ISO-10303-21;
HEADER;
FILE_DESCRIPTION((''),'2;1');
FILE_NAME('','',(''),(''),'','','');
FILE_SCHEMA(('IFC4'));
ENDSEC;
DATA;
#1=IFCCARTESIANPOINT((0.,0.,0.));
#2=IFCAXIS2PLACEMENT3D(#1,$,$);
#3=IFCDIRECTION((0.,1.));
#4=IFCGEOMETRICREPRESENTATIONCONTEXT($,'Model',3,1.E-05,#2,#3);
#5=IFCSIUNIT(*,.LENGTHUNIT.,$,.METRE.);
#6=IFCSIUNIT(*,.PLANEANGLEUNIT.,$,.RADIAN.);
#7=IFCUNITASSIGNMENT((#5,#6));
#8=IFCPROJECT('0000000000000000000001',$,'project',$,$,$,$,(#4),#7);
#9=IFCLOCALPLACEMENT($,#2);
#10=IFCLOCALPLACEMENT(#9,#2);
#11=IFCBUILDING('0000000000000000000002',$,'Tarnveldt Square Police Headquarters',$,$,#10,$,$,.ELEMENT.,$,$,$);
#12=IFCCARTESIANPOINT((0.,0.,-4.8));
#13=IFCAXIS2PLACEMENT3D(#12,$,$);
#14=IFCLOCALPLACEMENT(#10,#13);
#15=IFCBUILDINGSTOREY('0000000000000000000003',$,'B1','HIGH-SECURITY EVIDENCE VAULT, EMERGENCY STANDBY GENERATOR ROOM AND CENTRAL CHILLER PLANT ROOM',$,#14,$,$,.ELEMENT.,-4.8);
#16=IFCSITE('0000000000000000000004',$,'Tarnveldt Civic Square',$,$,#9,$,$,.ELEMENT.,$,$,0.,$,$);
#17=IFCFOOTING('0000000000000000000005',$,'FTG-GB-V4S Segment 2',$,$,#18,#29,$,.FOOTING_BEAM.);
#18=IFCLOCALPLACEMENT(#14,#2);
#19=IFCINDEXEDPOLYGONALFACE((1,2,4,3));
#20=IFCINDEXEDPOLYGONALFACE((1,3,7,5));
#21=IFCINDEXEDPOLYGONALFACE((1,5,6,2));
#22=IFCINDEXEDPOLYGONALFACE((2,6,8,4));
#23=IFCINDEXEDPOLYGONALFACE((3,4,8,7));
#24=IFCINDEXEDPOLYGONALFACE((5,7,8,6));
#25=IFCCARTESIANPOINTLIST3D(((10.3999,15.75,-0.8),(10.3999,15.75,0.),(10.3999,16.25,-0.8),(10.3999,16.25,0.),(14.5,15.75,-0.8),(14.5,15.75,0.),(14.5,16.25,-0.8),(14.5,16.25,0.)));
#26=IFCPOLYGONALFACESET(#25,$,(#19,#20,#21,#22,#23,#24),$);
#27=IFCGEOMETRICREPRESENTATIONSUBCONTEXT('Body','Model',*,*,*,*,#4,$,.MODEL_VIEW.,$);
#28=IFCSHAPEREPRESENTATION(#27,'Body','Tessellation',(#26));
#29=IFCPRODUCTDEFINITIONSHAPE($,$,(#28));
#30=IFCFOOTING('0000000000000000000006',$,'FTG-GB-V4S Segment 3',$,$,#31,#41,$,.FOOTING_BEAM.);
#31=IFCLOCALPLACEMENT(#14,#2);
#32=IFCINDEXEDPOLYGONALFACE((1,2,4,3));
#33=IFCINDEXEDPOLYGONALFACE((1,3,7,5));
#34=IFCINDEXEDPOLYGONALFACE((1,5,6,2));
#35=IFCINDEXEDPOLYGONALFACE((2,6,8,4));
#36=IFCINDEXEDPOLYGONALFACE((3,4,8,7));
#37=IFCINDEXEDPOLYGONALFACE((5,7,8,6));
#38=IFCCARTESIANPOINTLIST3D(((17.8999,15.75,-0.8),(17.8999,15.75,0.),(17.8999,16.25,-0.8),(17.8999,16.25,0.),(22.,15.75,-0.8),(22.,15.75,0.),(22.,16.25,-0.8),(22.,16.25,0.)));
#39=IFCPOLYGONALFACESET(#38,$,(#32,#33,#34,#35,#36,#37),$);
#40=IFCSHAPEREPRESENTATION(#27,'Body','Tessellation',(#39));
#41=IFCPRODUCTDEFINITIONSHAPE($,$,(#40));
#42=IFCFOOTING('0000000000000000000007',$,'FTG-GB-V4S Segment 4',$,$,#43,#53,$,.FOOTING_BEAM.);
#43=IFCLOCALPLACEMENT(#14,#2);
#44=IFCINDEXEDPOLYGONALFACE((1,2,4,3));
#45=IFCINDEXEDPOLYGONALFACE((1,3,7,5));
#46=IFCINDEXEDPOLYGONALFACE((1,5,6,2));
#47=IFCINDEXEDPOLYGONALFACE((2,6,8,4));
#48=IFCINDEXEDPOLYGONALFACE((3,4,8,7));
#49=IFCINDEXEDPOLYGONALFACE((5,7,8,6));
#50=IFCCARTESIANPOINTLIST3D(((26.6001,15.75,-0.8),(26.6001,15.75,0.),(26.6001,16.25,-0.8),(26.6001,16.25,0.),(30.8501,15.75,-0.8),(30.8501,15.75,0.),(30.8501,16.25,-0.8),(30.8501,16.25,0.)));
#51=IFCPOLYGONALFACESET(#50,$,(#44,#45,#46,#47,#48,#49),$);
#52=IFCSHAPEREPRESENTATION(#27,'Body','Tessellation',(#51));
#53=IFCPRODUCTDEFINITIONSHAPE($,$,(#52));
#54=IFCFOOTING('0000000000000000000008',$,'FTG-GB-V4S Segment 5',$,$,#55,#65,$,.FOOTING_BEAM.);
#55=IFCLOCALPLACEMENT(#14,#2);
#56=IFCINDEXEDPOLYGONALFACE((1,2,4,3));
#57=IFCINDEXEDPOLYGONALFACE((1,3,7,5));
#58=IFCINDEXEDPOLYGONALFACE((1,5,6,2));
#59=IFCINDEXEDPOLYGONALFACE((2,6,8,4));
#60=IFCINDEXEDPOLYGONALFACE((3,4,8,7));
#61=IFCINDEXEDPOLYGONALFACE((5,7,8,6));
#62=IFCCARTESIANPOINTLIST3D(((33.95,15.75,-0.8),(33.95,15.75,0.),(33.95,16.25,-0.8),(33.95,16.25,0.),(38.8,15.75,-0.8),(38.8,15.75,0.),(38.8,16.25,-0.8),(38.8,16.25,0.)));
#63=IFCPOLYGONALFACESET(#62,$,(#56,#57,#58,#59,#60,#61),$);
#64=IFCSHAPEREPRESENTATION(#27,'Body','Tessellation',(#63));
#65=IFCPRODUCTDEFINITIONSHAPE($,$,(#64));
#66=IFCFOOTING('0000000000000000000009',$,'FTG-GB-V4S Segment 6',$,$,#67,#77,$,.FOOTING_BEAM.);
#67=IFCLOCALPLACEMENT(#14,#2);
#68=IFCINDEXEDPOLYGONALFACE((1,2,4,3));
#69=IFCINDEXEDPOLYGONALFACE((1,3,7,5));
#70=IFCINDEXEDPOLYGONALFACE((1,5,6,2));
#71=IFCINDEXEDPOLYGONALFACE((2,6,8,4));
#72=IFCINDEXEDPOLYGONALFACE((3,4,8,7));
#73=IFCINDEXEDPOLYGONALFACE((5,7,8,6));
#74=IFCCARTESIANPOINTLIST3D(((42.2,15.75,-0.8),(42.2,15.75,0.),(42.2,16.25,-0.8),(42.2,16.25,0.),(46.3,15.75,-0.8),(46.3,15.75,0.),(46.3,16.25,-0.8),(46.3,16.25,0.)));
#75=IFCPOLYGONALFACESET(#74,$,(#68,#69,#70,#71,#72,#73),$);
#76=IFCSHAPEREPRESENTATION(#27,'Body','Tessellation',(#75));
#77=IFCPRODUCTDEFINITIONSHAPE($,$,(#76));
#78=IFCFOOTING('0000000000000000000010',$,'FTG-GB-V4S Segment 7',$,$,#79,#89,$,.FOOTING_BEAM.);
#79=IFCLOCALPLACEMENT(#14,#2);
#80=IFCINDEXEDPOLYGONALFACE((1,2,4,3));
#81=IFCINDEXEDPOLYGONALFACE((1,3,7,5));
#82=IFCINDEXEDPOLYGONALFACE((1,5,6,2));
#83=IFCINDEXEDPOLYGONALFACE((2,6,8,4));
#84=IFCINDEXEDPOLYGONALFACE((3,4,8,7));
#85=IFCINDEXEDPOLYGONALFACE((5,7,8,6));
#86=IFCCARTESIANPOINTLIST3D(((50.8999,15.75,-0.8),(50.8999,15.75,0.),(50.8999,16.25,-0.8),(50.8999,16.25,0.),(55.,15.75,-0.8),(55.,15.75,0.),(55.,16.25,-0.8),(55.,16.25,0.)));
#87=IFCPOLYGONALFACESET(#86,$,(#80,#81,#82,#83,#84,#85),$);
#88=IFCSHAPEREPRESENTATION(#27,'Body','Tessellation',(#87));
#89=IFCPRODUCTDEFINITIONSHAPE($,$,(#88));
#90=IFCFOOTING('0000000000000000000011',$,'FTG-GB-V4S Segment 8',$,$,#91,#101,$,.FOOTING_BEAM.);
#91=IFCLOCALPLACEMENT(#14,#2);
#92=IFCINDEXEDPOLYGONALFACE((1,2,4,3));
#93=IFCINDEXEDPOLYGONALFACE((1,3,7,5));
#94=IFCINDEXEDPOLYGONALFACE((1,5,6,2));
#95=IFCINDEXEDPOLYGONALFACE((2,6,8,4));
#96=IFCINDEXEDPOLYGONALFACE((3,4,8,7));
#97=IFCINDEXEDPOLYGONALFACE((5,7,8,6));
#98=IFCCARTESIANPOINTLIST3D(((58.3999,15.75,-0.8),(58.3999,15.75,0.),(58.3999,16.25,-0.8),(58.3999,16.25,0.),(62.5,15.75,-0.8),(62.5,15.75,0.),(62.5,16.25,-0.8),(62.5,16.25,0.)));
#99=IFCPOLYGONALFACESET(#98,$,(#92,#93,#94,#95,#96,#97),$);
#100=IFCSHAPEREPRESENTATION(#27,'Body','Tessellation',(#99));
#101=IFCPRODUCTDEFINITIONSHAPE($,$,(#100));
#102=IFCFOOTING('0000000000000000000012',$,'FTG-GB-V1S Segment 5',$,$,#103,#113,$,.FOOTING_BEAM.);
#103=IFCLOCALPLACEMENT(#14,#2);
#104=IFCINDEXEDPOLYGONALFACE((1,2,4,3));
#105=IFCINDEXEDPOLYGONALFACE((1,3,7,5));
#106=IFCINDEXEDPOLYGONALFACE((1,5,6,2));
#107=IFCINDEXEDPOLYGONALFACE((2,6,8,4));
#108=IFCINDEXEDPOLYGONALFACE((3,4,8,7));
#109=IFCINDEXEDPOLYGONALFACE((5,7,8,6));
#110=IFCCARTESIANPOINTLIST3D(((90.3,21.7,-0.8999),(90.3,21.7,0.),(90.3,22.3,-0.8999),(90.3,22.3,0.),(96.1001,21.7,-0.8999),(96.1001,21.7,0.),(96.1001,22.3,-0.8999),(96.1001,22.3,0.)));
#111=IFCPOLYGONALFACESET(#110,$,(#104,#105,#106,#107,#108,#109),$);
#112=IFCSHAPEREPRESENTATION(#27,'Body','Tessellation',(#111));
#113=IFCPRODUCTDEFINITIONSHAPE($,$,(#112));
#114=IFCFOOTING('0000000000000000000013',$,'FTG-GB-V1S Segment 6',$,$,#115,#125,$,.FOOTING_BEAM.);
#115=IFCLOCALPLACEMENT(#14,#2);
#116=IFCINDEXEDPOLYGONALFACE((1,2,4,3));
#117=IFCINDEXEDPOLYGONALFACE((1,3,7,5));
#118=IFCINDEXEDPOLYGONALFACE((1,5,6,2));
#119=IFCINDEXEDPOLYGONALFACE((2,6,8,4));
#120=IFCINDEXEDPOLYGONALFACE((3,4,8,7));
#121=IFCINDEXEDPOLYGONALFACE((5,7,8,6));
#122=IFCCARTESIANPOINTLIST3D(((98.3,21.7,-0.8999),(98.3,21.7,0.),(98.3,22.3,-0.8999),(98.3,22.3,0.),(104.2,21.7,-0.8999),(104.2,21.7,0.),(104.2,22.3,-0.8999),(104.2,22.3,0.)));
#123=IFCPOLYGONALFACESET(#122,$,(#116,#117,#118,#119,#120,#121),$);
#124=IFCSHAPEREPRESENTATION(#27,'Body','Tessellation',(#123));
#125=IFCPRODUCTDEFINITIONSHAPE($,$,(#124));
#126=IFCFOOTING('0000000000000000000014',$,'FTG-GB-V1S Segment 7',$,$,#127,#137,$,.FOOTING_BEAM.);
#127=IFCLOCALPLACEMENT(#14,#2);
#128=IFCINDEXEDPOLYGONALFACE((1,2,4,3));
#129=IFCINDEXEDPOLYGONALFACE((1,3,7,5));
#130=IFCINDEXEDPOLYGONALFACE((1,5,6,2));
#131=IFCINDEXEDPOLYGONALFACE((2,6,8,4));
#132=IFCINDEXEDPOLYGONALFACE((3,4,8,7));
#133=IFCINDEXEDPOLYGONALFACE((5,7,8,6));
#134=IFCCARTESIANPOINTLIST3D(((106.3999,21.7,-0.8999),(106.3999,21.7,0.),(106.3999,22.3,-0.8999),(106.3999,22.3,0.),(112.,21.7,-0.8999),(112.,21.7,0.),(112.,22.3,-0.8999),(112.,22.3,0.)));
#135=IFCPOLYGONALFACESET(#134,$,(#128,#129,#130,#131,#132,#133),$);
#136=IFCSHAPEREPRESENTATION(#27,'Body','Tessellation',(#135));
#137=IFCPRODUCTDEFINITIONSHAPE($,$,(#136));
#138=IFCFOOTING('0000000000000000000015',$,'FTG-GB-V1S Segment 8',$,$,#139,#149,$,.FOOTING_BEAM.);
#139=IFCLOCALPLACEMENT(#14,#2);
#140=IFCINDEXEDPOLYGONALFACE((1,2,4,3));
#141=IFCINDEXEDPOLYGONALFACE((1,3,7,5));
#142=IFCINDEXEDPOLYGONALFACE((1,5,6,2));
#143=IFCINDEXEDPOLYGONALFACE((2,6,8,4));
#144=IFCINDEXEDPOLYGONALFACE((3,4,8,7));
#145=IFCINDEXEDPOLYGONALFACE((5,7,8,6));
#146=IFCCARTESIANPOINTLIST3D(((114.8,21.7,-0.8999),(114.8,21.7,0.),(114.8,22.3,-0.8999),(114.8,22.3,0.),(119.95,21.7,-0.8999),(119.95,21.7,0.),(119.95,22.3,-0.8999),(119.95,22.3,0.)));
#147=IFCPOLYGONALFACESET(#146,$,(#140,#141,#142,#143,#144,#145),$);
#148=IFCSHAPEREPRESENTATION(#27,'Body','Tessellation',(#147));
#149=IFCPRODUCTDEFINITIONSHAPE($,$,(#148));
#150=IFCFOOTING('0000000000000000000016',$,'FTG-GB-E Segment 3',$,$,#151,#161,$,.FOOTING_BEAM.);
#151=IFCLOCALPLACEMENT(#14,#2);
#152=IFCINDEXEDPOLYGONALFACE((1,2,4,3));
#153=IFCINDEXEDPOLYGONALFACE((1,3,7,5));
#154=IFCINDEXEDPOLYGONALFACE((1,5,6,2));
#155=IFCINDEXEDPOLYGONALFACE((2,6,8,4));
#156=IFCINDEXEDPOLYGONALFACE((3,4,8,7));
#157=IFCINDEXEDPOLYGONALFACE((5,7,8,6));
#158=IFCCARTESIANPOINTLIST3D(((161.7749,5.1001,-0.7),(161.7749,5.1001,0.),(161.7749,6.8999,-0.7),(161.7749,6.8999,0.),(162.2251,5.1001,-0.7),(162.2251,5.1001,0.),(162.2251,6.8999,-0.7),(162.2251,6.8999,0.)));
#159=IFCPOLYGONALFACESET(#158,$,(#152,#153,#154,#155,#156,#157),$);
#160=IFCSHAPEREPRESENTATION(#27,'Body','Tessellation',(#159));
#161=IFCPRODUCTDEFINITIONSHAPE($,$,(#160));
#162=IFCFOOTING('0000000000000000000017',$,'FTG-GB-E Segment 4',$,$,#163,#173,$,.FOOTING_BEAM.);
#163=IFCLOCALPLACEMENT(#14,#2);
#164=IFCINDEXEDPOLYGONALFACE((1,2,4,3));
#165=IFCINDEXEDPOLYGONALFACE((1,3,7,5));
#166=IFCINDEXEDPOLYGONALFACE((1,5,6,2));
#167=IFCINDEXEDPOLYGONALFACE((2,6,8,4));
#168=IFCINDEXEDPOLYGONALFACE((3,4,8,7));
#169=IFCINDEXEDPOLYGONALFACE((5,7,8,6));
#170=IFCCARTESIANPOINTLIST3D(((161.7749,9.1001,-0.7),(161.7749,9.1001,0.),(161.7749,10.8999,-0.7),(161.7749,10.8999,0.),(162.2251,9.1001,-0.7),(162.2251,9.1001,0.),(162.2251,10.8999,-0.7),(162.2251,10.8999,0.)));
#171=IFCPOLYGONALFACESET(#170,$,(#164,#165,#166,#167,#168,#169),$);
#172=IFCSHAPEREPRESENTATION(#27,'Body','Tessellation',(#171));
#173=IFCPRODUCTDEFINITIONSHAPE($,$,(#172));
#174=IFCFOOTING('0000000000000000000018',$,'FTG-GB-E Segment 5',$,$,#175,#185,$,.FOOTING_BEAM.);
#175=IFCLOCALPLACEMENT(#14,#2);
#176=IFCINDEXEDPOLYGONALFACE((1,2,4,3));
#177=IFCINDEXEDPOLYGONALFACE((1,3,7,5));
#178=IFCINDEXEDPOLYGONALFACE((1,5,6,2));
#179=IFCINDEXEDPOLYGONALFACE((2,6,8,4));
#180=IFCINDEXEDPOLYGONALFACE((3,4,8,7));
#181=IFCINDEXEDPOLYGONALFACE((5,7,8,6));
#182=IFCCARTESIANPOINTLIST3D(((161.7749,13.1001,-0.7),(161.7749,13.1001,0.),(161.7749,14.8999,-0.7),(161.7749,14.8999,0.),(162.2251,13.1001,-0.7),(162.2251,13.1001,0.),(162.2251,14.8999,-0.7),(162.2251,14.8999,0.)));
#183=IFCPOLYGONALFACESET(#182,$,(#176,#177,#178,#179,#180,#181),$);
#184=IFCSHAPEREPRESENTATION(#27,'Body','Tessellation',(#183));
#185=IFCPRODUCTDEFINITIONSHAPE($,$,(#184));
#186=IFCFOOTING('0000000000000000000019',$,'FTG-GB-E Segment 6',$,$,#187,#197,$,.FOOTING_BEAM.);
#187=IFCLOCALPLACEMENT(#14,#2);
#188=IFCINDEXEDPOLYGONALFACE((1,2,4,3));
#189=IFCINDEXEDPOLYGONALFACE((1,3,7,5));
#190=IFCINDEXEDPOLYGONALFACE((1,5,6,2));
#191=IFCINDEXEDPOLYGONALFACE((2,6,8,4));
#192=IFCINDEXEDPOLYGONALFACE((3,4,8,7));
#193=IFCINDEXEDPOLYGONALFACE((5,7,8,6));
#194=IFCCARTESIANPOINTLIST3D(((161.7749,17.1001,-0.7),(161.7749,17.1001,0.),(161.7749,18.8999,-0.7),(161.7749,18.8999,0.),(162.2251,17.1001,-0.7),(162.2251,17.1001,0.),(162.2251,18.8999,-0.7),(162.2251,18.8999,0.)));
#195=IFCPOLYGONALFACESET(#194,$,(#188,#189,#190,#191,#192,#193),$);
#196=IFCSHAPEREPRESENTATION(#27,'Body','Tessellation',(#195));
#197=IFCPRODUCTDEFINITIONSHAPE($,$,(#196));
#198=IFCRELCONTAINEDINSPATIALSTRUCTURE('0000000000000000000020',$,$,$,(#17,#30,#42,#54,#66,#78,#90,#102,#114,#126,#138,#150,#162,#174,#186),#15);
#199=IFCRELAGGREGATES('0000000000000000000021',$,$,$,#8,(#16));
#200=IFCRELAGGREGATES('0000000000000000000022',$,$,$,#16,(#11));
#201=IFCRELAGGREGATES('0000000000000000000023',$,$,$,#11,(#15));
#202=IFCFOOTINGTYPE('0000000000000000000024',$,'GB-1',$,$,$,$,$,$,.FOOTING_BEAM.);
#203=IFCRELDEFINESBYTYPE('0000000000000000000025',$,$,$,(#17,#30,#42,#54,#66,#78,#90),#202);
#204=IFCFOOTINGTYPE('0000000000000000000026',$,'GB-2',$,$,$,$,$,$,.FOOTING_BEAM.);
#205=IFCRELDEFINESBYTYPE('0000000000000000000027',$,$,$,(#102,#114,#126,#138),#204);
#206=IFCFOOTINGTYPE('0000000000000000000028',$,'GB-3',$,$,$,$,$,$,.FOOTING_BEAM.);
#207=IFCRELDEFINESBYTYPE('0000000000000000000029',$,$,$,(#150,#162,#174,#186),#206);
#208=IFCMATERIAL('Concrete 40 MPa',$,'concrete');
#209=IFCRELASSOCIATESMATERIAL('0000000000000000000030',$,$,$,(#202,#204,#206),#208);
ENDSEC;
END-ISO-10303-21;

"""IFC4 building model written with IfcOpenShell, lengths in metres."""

from ifc_helpers import new_model, si_unit, direction, frame, origin, place, context, subcontext, project, spatial, polyline, outline, extrude, material, type_object, element, save


model = new_model("IFC4")

# Units and contexts
model_context = context("Model", 3, precision=1e-05, world=origin(), true_north=direction((0.0, 1.0)))
body_context = subcontext(model_context, "Body", "Model", "MODEL_VIEW")
ifc_project = project(units=[si_unit("LENGTHUNIT", "METRE"), si_unit("PLANEANGLEUNIT", "RADIAN")], contexts=[model_context])

# Site, building, storey
site_placement = place(None, origin())
site = spatial("IfcSite", under=ifc_project, at=site_placement, Name="Tarnveldt Civic Square", CompositionType="ELEMENT", RefElevation=0.0)
building_placement = place(site_placement, origin())
building = spatial("IfcBuilding", under=site, at=building_placement, Name="Tarnveldt Square Police Headquarters", CompositionType="ELEMENT")
storey_placement = place(building_placement, frame((0.0, 0.0, -4.8)))
storey = spatial("IfcBuildingStorey", under=building, at=storey_placement, Name="B1", Description="HIGH-SECURITY EVIDENCE VAULT, EMERGENCY STANDBY GENERATOR ROOM AND CENTRAL CHILLER PLANT ROOM", CompositionType="ELEMENT", Elevation=-4.8)

# Footings
ifc_material = material(Name="Concrete 40 MPa", Category="concrete")
footing_type_1 = type_object("IfcFootingType", Name="GB-1", PredefinedType="FOOTING_BEAM", material=ifc_material)
footing_1_placement = place(storey_placement, frame((0.0, 0.0, -0.8)))
element("IfcFooting", 1, at=footing_1_placement, inside=storey, type_object=footing_type_1, Name="FTG-GB-V4S Segment 2", PredefinedType="FOOTING_BEAM", context=body_context, shape_type="SweptSolid", body=[
    extrude(outline(polyline([(10.3999, 15.75), (14.5, 15.75), (14.5, 16.25), (10.3999, 16.25), (10.3999, 15.75)])), origin(), (0.0, 0.0, 1.0), 0.8),
])
footing_2_placement = place(storey_placement, frame((0.0, 0.0, -0.8)))
element("IfcFooting", 2, at=footing_2_placement, inside=storey, type_object=footing_type_1, Name="FTG-GB-V4S Segment 3", PredefinedType="FOOTING_BEAM", context=body_context, shape_type="SweptSolid", body=[
    extrude(outline(polyline([(17.8999, 15.75), (22.0, 15.75), (22.0, 16.25), (17.8999, 16.25), (17.8999, 15.75)])), origin(), (0.0, 0.0, 1.0), 0.8),
])
footing_3_placement = place(storey_placement, frame((0.0, 0.0, -0.8)))
element("IfcFooting", 3, at=footing_3_placement, inside=storey, type_object=footing_type_1, Name="FTG-GB-V4S Segment 4", PredefinedType="FOOTING_BEAM", context=body_context, shape_type="SweptSolid", body=[
    extrude(outline(polyline([(26.6001, 15.75), (30.8501, 15.75), (30.8501, 16.25), (26.6001, 16.25), (26.6001, 15.75)])), origin(), (0.0, 0.0, 1.0), 0.8),
])
footing_4_placement = place(storey_placement, frame((0.0, 0.0, -0.8)))
element("IfcFooting", 4, at=footing_4_placement, inside=storey, type_object=footing_type_1, Name="FTG-GB-V4S Segment 5", PredefinedType="FOOTING_BEAM", context=body_context, shape_type="SweptSolid", body=[
    extrude(outline(polyline([(33.95, 15.75), (38.8, 15.75), (38.8, 16.25), (33.95, 16.25), (33.95, 15.75)])), origin(), (0.0, 0.0, 1.0), 0.8),
])
footing_5_placement = place(storey_placement, frame((0.0, 0.0, -0.8)))
element("IfcFooting", 5, at=footing_5_placement, inside=storey, type_object=footing_type_1, Name="FTG-GB-V4S Segment 6", PredefinedType="FOOTING_BEAM", context=body_context, shape_type="SweptSolid", body=[
    extrude(outline(polyline([(42.2, 15.75), (46.3, 15.75), (46.3, 16.25), (42.2, 16.25), (42.2, 15.75)])), origin(), (0.0, 0.0, 1.0), 0.8),
])
footing_6_placement = place(storey_placement, frame((0.0, 0.0, -0.8)))
element("IfcFooting", 6, at=footing_6_placement, inside=storey, type_object=footing_type_1, Name="FTG-GB-V4S Segment 7", PredefinedType="FOOTING_BEAM", context=body_context, shape_type="SweptSolid", body=[
    extrude(outline(polyline([(50.8999, 15.75), (55.0, 15.75), (55.0, 16.25), (50.8999, 16.25), (50.8999, 15.75)])), origin(), (0.0, 0.0, 1.0), 0.8),
])
footing_7_placement = place(storey_placement, frame((0.0, 0.0, -0.8)))
element("IfcFooting", 7, at=footing_7_placement, inside=storey, type_object=footing_type_1, Name="FTG-GB-V4S Segment 8", PredefinedType="FOOTING_BEAM", context=body_context, shape_type="SweptSolid", body=[
    extrude(outline(polyline([(58.3999, 15.75), (62.5, 15.75), (62.5, 16.25), (58.3999, 16.25), (58.3999, 15.75)])), origin(), (0.0, 0.0, 1.0), 0.8),
])
footing_type_2 = type_object("IfcFootingType", Name="GB-2", PredefinedType="FOOTING_BEAM", material=ifc_material)
footing_8_placement = place(storey_placement, frame((0.0, 0.0, -0.8999)))
element("IfcFooting", 8, at=footing_8_placement, inside=storey, type_object=footing_type_2, Name="FTG-GB-V1S Segment 5", PredefinedType="FOOTING_BEAM", context=body_context, shape_type="SweptSolid", body=[
    extrude(outline(polyline([(90.3, 21.7), (96.1001, 21.7), (96.1001, 22.3), (90.3, 22.3), (90.3, 21.7)])), origin(), (0.0, 0.0, 1.0), 0.8999),
])
footing_9_placement = place(storey_placement, frame((0.0, 0.0, -0.8999)))
element("IfcFooting", 9, at=footing_9_placement, inside=storey, type_object=footing_type_2, Name="FTG-GB-V1S Segment 6", PredefinedType="FOOTING_BEAM", context=body_context, shape_type="SweptSolid", body=[
    extrude(outline(polyline([(98.3, 21.7), (104.2, 21.7), (104.2, 22.3), (98.3, 22.3), (98.3, 21.7)])), origin(), (0.0, 0.0, 1.0), 0.8999),
])
footing_10_placement = place(storey_placement, frame((0.0, 0.0, -0.8999)))
element("IfcFooting", 10, at=footing_10_placement, inside=storey, type_object=footing_type_2, Name="FTG-GB-V1S Segment 7", PredefinedType="FOOTING_BEAM", context=body_context, shape_type="SweptSolid", body=[
    extrude(outline(polyline([(106.3999, 21.7), (112.0, 21.7), (112.0, 22.3), (106.3999, 22.3), (106.3999, 21.7)])), origin(), (0.0, 0.0, 1.0), 0.8999),
])
footing_11_placement = place(storey_placement, frame((0.0, 0.0, -0.8999)))
element("IfcFooting", 11, at=footing_11_placement, inside=storey, type_object=footing_type_2, Name="FTG-GB-V1S Segment 8", PredefinedType="FOOTING_BEAM", context=body_context, shape_type="SweptSolid", body=[
    extrude(outline(polyline([(114.8, 21.7), (119.95, 21.7), (119.95, 22.3), (114.8, 22.3), (114.8, 21.7)])), origin(), (0.0, 0.0, 1.0), 0.8999),
])
footing_type_3 = type_object("IfcFootingType", Name="GB-3", PredefinedType="FOOTING_BEAM", material=ifc_material)
footing_12_placement = place(storey_placement, frame((0.0, 0.0, -0.7)))
element("IfcFooting", 12, at=footing_12_placement, inside=storey, type_object=footing_type_3, Name="FTG-GB-E Segment 3", PredefinedType="FOOTING_BEAM", context=body_context, shape_type="SweptSolid", body=[
    extrude(outline(polyline([(161.7749, 5.1001), (162.2251, 5.1001), (162.2251, 6.8999), (161.7749, 6.8999), (161.7749, 5.1001)])), origin(), (0.0, 0.0, 1.0), 0.7),
])
footing_13_placement = place(storey_placement, frame((0.0, 0.0, -0.7)))
element("IfcFooting", 13, at=footing_13_placement, inside=storey, type_object=footing_type_3, Name="FTG-GB-E Segment 4", PredefinedType="FOOTING_BEAM", context=body_context, shape_type="SweptSolid", body=[
    extrude(outline(polyline([(161.7749, 9.1001), (162.2251, 9.1001), (162.2251, 10.8999), (161.7749, 10.8999), (161.7749, 9.1001)])), origin(), (0.0, 0.0, 1.0), 0.7),
])
footing_14_placement = place(storey_placement, frame((0.0, 0.0, -0.7)))
element("IfcFooting", 14, at=footing_14_placement, inside=storey, type_object=footing_type_3, Name="FTG-GB-E Segment 5", PredefinedType="FOOTING_BEAM", context=body_context, shape_type="SweptSolid", body=[
    extrude(outline(polyline([(161.7749, 13.1001), (162.2251, 13.1001), (162.2251, 14.8999), (161.7749, 14.8999), (161.7749, 13.1001)])), origin(), (0.0, 0.0, 1.0), 0.7),
])
footing_15_placement = place(storey_placement, frame((0.0, 0.0, -0.7)))
element("IfcFooting", 15, at=footing_15_placement, inside=storey, type_object=footing_type_3, Name="FTG-GB-E Segment 6", PredefinedType="FOOTING_BEAM", context=body_context, shape_type="SweptSolid", body=[
    extrude(outline(polyline([(161.7749, 17.1001), (162.2251, 17.1001), (162.2251, 18.8999), (161.7749, 18.8999), (161.7749, 17.1001)])), origin(), (0.0, 0.0, 1.0), 0.7),
])

save(model, "model.ifc")
